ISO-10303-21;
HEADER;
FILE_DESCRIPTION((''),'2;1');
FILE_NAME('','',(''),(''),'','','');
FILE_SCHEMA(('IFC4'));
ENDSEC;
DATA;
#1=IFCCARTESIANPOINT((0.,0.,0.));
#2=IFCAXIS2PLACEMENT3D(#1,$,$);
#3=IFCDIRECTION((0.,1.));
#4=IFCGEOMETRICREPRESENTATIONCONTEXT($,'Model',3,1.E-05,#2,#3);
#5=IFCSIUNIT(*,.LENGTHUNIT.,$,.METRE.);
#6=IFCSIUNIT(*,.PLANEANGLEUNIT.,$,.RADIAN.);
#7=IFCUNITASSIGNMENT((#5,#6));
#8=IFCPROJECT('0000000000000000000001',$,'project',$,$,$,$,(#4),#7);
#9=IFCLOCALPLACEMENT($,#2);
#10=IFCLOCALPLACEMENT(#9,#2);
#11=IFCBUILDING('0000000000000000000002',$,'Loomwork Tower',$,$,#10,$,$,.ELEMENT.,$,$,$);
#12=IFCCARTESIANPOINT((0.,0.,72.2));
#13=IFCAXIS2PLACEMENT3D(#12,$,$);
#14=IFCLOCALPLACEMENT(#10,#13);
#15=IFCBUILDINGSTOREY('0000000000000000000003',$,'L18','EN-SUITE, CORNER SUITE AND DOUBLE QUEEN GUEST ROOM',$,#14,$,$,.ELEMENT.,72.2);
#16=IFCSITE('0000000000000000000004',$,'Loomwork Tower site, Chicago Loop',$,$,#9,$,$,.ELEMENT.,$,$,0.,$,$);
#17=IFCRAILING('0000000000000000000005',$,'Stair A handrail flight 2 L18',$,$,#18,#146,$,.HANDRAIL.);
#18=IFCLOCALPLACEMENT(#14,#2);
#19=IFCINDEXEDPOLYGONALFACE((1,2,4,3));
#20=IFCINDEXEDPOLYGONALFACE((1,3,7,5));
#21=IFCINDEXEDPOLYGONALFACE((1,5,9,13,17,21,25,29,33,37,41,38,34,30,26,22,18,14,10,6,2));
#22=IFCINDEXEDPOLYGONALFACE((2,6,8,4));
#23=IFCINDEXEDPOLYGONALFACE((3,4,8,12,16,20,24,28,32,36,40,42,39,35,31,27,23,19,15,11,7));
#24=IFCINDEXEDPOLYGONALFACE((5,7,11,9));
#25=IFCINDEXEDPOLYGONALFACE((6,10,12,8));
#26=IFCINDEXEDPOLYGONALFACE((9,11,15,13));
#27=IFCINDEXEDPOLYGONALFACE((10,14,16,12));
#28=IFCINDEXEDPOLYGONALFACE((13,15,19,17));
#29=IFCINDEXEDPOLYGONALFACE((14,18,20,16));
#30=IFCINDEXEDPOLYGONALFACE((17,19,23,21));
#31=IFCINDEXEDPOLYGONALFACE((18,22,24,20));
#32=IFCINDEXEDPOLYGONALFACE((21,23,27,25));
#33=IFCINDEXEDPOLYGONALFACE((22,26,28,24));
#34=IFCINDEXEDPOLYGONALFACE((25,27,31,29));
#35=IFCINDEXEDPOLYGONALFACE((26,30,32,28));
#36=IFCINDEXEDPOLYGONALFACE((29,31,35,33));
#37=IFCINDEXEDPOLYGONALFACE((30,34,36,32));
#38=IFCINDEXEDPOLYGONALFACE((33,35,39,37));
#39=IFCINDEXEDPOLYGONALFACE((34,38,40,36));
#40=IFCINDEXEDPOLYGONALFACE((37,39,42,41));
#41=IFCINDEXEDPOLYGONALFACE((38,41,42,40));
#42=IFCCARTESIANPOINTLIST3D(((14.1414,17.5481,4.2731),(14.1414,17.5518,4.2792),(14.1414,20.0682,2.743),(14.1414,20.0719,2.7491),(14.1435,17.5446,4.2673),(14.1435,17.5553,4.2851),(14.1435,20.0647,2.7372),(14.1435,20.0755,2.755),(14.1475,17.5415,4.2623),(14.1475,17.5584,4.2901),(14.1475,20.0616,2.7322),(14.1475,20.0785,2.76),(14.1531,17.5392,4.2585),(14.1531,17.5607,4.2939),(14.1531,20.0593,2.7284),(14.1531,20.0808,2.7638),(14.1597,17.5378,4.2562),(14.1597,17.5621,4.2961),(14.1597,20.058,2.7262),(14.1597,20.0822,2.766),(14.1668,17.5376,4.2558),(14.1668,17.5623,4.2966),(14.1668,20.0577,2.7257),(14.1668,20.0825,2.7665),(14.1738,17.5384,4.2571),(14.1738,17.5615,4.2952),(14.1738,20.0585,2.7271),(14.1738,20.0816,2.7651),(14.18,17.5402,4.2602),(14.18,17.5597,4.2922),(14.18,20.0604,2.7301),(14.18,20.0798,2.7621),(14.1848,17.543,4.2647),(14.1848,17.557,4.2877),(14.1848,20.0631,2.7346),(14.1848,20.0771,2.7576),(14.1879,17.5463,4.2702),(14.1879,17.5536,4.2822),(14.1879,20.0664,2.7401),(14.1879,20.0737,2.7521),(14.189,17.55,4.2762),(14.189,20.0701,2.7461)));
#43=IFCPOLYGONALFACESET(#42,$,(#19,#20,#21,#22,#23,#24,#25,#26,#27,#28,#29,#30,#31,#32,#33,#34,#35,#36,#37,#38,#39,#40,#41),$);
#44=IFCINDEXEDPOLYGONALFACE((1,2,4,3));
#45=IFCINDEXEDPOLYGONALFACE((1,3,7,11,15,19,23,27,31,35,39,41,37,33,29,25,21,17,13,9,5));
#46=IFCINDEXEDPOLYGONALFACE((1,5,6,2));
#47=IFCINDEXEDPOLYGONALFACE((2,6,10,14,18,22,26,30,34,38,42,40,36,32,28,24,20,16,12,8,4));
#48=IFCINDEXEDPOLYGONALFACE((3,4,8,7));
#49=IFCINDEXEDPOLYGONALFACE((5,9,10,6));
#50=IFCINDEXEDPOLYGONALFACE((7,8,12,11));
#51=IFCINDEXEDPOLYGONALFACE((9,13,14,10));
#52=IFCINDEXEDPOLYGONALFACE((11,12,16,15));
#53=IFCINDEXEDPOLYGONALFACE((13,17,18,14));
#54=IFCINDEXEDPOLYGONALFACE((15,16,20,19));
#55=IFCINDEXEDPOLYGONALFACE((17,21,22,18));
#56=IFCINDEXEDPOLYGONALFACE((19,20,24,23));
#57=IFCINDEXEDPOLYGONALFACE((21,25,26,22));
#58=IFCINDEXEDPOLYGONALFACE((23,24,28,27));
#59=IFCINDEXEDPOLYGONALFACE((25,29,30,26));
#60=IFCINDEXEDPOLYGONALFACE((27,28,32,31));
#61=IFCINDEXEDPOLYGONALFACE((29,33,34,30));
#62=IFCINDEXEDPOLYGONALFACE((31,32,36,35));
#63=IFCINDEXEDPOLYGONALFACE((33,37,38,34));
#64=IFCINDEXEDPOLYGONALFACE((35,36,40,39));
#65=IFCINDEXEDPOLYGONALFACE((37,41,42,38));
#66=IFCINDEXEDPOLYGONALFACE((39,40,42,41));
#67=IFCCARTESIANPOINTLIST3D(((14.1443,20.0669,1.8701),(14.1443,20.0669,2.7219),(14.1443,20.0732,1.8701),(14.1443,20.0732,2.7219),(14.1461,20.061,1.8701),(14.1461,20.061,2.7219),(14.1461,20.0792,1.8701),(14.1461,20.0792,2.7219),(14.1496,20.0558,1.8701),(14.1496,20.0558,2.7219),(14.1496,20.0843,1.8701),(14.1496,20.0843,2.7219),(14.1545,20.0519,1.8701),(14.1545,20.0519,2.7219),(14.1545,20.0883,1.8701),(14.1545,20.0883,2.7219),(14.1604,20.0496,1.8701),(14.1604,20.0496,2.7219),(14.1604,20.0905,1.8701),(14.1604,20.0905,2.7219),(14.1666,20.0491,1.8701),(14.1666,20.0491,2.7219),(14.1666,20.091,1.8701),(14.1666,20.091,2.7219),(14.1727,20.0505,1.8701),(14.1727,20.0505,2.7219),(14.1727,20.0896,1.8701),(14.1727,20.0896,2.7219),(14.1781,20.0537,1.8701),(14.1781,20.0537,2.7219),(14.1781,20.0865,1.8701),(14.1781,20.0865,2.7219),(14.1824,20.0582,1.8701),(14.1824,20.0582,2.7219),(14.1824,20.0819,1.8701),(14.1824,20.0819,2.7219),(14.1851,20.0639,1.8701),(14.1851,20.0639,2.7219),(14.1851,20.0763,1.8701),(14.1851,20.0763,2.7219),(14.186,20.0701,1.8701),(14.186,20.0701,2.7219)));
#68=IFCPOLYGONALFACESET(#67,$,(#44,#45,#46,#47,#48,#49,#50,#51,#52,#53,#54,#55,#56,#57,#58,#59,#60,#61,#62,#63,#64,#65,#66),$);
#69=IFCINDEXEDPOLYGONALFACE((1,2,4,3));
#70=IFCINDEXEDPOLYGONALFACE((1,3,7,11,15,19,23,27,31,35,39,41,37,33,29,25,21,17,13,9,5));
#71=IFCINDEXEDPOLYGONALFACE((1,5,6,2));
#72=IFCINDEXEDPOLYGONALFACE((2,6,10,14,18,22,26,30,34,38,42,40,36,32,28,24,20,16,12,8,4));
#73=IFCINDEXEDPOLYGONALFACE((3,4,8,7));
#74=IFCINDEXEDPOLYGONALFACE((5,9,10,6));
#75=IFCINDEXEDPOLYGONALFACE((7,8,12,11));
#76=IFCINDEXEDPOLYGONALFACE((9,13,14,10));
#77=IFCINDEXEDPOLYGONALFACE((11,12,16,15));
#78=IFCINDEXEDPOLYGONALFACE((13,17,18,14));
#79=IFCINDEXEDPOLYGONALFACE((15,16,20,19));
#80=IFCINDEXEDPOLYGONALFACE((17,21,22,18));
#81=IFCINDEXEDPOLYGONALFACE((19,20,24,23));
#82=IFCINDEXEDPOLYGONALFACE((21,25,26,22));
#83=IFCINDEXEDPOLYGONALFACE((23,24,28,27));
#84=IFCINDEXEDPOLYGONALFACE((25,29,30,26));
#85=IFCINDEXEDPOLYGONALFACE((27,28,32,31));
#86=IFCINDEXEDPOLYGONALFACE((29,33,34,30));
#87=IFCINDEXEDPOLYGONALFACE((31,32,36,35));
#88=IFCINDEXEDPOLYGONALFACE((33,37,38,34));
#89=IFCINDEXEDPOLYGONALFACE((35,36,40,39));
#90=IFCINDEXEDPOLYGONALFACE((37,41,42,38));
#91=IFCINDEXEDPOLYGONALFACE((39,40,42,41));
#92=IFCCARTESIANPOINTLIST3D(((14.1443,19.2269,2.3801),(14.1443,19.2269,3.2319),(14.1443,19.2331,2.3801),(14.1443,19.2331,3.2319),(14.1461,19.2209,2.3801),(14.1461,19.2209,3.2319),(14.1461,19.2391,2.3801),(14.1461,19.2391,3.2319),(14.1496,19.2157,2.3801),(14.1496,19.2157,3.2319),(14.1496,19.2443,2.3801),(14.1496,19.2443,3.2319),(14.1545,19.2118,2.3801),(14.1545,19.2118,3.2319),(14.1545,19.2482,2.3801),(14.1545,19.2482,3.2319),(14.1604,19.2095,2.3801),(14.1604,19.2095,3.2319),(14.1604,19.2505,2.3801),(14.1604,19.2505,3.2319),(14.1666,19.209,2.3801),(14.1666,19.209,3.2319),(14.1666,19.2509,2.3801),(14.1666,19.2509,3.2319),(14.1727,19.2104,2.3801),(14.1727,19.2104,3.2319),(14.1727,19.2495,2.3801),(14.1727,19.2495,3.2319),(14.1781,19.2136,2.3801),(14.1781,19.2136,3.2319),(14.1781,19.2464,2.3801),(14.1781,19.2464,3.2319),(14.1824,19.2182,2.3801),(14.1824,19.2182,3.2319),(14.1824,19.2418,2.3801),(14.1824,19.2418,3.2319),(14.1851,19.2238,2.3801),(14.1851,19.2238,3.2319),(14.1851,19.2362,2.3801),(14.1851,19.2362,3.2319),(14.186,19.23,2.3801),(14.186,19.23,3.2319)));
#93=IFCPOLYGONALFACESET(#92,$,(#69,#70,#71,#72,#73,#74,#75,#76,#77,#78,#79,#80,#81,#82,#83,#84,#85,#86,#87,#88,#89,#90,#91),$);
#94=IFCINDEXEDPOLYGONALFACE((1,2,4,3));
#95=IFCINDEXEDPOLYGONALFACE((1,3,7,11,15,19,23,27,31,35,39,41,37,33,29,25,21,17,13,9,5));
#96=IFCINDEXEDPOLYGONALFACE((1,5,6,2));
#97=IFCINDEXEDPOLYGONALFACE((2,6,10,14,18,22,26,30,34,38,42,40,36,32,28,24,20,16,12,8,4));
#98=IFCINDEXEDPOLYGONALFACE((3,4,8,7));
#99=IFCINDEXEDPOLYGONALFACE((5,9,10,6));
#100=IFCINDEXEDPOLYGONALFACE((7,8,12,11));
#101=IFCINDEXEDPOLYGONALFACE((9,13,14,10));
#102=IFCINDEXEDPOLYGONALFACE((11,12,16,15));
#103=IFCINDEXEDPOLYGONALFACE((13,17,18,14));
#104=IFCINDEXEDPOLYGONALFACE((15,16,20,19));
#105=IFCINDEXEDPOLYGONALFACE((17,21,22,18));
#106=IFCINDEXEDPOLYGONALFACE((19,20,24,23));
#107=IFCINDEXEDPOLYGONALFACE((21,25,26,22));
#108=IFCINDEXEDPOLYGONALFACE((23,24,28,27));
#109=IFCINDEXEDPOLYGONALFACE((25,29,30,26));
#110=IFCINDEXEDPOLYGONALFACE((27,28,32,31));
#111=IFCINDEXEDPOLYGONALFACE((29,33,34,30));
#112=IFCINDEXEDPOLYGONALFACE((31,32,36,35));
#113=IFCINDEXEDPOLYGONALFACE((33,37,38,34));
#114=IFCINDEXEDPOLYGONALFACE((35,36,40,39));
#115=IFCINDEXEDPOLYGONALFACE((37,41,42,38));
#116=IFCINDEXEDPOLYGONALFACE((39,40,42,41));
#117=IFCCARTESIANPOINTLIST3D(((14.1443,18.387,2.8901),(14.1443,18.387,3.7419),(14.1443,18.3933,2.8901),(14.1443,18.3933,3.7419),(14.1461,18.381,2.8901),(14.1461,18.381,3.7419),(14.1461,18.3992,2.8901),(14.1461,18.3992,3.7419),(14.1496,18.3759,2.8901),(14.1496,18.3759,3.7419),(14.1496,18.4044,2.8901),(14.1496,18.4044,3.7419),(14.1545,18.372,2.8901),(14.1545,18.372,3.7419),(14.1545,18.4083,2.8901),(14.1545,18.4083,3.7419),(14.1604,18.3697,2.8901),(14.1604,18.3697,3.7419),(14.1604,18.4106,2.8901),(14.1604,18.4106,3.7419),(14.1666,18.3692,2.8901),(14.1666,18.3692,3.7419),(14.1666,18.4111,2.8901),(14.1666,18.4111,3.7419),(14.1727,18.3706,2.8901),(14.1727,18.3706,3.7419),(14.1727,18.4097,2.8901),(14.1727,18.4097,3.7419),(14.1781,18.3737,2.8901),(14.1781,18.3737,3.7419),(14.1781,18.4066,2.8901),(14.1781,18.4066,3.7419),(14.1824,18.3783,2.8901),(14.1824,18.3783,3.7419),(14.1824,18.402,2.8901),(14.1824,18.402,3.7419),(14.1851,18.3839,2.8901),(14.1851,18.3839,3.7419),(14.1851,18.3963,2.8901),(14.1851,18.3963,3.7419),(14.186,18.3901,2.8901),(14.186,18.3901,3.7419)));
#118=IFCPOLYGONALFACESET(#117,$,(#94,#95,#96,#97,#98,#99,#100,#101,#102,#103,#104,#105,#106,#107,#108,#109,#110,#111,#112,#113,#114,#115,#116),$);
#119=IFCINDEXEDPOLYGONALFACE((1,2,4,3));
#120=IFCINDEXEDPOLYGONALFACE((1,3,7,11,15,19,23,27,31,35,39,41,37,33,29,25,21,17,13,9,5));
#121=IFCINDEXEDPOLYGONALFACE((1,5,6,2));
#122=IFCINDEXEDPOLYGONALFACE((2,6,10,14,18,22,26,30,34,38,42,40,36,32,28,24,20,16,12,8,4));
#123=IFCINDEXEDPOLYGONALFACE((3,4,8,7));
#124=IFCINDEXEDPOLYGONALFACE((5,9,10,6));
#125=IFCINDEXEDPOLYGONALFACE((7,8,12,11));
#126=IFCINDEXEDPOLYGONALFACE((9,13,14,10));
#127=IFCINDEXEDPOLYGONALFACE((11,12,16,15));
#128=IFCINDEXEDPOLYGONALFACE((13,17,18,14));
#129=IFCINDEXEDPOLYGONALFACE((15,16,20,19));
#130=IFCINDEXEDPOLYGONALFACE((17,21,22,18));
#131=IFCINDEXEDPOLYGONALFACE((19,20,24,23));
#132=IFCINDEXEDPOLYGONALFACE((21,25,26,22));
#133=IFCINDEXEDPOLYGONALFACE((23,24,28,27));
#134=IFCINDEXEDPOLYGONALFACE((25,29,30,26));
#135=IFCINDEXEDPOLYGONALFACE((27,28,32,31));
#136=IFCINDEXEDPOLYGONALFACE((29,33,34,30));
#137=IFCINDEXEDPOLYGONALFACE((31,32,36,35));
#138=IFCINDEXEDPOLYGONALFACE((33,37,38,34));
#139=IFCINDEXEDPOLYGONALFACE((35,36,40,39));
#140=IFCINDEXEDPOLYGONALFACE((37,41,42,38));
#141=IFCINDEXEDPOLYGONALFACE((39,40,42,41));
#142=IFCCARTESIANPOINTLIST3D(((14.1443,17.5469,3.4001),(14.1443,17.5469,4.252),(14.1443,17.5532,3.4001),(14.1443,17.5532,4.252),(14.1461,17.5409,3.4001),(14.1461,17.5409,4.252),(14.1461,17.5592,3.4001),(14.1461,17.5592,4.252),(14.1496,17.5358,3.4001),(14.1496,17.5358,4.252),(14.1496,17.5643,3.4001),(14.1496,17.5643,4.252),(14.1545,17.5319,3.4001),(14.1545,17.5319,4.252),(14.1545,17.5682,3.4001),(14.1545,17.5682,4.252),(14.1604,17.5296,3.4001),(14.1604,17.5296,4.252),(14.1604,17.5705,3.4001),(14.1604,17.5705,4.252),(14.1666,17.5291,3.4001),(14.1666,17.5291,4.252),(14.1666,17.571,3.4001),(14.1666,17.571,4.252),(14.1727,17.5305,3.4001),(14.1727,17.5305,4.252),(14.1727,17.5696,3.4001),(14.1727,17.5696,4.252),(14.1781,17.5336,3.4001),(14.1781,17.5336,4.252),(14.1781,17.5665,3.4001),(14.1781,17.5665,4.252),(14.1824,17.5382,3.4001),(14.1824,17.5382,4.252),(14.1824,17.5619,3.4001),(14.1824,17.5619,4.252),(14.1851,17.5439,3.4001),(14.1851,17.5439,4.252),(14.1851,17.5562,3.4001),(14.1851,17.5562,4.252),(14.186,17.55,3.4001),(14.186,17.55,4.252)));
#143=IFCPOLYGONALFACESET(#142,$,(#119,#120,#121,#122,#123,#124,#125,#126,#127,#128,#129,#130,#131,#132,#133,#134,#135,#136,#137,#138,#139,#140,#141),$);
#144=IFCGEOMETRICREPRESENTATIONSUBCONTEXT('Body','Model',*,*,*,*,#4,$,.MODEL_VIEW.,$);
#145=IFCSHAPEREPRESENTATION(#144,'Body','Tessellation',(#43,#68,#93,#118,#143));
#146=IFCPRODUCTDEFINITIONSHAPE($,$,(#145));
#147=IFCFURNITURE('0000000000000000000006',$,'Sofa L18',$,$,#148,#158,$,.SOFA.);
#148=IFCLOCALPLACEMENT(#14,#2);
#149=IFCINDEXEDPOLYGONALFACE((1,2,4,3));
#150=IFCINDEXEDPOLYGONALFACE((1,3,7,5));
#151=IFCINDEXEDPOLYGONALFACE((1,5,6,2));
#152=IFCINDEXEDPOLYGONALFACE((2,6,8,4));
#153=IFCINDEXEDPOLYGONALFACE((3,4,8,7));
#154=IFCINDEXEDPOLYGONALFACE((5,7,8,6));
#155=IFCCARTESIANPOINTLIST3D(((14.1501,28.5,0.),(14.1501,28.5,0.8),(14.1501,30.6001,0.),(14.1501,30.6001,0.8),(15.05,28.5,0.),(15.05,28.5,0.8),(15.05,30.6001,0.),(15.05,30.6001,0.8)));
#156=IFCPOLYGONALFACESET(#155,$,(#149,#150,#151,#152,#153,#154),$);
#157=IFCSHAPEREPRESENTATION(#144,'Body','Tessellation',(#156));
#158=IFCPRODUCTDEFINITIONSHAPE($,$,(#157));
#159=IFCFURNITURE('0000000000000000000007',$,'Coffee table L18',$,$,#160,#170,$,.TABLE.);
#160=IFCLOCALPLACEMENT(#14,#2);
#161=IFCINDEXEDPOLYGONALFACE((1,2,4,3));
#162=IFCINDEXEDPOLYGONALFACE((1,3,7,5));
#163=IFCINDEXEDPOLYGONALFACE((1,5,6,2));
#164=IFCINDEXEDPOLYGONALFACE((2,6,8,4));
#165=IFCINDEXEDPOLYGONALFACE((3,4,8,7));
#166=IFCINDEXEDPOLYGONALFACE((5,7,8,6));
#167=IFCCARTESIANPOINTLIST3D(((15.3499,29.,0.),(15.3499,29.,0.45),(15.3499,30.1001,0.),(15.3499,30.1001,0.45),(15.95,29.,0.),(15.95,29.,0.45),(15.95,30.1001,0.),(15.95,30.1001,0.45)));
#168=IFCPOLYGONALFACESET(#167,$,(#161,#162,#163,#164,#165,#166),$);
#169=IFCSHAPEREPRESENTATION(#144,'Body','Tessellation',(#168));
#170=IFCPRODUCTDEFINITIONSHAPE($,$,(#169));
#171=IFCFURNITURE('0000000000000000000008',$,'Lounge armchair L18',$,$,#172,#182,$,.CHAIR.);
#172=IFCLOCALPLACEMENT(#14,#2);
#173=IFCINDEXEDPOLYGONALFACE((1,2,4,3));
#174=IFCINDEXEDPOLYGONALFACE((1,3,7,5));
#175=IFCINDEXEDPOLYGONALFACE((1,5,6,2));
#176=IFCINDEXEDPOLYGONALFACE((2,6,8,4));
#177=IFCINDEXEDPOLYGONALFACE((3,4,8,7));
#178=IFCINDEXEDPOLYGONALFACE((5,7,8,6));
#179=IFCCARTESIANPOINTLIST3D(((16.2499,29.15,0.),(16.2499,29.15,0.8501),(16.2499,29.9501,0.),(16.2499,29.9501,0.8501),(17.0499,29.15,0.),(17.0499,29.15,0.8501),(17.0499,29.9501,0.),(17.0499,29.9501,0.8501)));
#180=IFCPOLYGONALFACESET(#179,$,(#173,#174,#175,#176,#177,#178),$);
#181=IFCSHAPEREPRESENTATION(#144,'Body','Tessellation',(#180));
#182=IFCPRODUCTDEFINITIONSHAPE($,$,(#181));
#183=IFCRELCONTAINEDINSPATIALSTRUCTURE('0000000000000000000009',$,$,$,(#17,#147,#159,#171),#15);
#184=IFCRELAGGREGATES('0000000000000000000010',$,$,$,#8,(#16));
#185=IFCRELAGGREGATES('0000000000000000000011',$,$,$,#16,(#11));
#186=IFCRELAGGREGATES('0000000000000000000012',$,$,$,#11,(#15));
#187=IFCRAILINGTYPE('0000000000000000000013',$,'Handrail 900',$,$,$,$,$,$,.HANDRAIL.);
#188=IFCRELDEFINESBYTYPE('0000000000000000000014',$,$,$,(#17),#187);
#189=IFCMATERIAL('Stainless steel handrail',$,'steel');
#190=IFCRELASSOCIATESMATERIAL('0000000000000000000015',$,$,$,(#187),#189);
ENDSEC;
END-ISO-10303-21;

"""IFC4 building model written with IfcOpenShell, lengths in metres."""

from ifc_helpers import new_model, si_unit, direction, frame, origin, origin_2d, place, context, subcontext, project, spatial, rectangle, circle, extrude, material, type_object, element, save


model = new_model("IFC4")

# Units and contexts
model_context = context("Model", 3, precision=1e-05, world=origin(), true_north=direction((0.0, 1.0)))
body_context = subcontext(model_context, "Body", "Model", "MODEL_VIEW")
ifc_project = project(units=[si_unit("LENGTHUNIT", "METRE"), si_unit("PLANEANGLEUNIT", "RADIAN")], contexts=[model_context])

# Site, building, storey
site_placement = place(None, origin())
site = spatial("IfcSite", under=ifc_project, at=site_placement, Name="Loomwork Tower site, Chicago Loop", CompositionType="ELEMENT", RefElevation=0.0)
building_placement = place(site_placement, origin())
building = spatial("IfcBuilding", under=site, at=building_placement, Name="Loomwork Tower", CompositionType="ELEMENT")
storey_placement = place(building_placement, frame((0.0, 0.0, 72.2)))
storey = spatial("IfcBuildingStorey", under=building, at=storey_placement, Name="L18", Description="EN-SUITE, CORNER SUITE AND DOUBLE QUEEN GUEST ROOM", CompositionType="ELEMENT", Elevation=72.2)

# Railing
ifc_material_1 = material(Name="Stainless steel handrail", Category="steel")
railing_type = type_object("IfcRailingType", Name="Handrail 900", PredefinedType="HANDRAIL", material=ifc_material_1)
railing_1_placement = place(storey_placement, frame((14.165, 20.0701, 1.8701)))
element("IfcRailing", 1, at=railing_1_placement, inside=storey, type_object=railing_type, Name="Stair A handrail flight 2 L18", PredefinedType="HANDRAIL", context=body_context, shape_type="SweptSolid", body=[
    extrude(circle(Radius=0.0239, at=origin_2d()), frame((0.0, 0.0, 0.876), z_axis=(0.0, -0.854785, 0.518982), x_axis=(1.0, 0.0, 0.0)), (0.0, 0.0, 1.0), 2.9482),
    extrude(circle(Radius=0.021, at=origin_2d()), origin(), (0.0, 0.0, 1.0), 0.8518),
    extrude(circle(Radius=0.021, at=origin_2d()), frame((0.0, -0.8401, 0.51)), (0.0, 0.0, 1.0), 0.8518),
    extrude(circle(Radius=0.021, at=origin_2d()), frame((0.0, -1.6799, 1.02)), (0.0, 0.0, 1.0), 0.8518),
    extrude(circle(Radius=0.021, at=origin_2d()), frame((0.0, -2.52, 1.53)), (0.0, 0.0, 1.0), 0.8518),
])

# Furniture
furniture_1_placement = place(storey_placement, frame((14.6001, 29.55, 0.0), z_axis=(0.0, 0.0, 1.0), x_axis=(1.0, 0.0, 0.0)))
element("IfcFurniture", 2, at=furniture_1_placement, inside=storey, Name="Sofa L18", PredefinedType="SOFA", context=body_context, shape_type="SweptSolid", body=[
    extrude(rectangle(XDim=0.8999, YDim=2.1001, at=origin_2d()), origin(), (0.0, 0.0, 1.0), 0.8),
])
furniture_2_placement = place(storey_placement, frame((15.6499, 29.55, 0.0), z_axis=(0.0, 0.0, 1.0), x_axis=(1.0, 0.0, 0.0)))
element("IfcFurniture", 3, at=furniture_2_placement, inside=storey, Name="Coffee table L18", PredefinedType="TABLE", context=body_context, shape_type="SweptSolid", body=[
    extrude(rectangle(XDim=0.6001, YDim=1.1001, at=origin_2d()), origin(), (0.0, 0.0, 1.0), 0.45),
])
furniture_3_placement = place(storey_placement, frame((16.6499, 29.55, 0.0), z_axis=(0.0, 0.0, 1.0), x_axis=(1.0, 0.0, 0.0)))
element("IfcFurniture", 4, at=furniture_3_placement, inside=storey, Name="Lounge armchair L18", PredefinedType="CHAIR", context=body_context, shape_type="SweptSolid", body=[
    extrude(rectangle(XDim=0.8, YDim=0.8, at=origin_2d()), origin(), (0.0, 0.0, 1.0), 0.8501),
])

save(model, "model.ifc")
